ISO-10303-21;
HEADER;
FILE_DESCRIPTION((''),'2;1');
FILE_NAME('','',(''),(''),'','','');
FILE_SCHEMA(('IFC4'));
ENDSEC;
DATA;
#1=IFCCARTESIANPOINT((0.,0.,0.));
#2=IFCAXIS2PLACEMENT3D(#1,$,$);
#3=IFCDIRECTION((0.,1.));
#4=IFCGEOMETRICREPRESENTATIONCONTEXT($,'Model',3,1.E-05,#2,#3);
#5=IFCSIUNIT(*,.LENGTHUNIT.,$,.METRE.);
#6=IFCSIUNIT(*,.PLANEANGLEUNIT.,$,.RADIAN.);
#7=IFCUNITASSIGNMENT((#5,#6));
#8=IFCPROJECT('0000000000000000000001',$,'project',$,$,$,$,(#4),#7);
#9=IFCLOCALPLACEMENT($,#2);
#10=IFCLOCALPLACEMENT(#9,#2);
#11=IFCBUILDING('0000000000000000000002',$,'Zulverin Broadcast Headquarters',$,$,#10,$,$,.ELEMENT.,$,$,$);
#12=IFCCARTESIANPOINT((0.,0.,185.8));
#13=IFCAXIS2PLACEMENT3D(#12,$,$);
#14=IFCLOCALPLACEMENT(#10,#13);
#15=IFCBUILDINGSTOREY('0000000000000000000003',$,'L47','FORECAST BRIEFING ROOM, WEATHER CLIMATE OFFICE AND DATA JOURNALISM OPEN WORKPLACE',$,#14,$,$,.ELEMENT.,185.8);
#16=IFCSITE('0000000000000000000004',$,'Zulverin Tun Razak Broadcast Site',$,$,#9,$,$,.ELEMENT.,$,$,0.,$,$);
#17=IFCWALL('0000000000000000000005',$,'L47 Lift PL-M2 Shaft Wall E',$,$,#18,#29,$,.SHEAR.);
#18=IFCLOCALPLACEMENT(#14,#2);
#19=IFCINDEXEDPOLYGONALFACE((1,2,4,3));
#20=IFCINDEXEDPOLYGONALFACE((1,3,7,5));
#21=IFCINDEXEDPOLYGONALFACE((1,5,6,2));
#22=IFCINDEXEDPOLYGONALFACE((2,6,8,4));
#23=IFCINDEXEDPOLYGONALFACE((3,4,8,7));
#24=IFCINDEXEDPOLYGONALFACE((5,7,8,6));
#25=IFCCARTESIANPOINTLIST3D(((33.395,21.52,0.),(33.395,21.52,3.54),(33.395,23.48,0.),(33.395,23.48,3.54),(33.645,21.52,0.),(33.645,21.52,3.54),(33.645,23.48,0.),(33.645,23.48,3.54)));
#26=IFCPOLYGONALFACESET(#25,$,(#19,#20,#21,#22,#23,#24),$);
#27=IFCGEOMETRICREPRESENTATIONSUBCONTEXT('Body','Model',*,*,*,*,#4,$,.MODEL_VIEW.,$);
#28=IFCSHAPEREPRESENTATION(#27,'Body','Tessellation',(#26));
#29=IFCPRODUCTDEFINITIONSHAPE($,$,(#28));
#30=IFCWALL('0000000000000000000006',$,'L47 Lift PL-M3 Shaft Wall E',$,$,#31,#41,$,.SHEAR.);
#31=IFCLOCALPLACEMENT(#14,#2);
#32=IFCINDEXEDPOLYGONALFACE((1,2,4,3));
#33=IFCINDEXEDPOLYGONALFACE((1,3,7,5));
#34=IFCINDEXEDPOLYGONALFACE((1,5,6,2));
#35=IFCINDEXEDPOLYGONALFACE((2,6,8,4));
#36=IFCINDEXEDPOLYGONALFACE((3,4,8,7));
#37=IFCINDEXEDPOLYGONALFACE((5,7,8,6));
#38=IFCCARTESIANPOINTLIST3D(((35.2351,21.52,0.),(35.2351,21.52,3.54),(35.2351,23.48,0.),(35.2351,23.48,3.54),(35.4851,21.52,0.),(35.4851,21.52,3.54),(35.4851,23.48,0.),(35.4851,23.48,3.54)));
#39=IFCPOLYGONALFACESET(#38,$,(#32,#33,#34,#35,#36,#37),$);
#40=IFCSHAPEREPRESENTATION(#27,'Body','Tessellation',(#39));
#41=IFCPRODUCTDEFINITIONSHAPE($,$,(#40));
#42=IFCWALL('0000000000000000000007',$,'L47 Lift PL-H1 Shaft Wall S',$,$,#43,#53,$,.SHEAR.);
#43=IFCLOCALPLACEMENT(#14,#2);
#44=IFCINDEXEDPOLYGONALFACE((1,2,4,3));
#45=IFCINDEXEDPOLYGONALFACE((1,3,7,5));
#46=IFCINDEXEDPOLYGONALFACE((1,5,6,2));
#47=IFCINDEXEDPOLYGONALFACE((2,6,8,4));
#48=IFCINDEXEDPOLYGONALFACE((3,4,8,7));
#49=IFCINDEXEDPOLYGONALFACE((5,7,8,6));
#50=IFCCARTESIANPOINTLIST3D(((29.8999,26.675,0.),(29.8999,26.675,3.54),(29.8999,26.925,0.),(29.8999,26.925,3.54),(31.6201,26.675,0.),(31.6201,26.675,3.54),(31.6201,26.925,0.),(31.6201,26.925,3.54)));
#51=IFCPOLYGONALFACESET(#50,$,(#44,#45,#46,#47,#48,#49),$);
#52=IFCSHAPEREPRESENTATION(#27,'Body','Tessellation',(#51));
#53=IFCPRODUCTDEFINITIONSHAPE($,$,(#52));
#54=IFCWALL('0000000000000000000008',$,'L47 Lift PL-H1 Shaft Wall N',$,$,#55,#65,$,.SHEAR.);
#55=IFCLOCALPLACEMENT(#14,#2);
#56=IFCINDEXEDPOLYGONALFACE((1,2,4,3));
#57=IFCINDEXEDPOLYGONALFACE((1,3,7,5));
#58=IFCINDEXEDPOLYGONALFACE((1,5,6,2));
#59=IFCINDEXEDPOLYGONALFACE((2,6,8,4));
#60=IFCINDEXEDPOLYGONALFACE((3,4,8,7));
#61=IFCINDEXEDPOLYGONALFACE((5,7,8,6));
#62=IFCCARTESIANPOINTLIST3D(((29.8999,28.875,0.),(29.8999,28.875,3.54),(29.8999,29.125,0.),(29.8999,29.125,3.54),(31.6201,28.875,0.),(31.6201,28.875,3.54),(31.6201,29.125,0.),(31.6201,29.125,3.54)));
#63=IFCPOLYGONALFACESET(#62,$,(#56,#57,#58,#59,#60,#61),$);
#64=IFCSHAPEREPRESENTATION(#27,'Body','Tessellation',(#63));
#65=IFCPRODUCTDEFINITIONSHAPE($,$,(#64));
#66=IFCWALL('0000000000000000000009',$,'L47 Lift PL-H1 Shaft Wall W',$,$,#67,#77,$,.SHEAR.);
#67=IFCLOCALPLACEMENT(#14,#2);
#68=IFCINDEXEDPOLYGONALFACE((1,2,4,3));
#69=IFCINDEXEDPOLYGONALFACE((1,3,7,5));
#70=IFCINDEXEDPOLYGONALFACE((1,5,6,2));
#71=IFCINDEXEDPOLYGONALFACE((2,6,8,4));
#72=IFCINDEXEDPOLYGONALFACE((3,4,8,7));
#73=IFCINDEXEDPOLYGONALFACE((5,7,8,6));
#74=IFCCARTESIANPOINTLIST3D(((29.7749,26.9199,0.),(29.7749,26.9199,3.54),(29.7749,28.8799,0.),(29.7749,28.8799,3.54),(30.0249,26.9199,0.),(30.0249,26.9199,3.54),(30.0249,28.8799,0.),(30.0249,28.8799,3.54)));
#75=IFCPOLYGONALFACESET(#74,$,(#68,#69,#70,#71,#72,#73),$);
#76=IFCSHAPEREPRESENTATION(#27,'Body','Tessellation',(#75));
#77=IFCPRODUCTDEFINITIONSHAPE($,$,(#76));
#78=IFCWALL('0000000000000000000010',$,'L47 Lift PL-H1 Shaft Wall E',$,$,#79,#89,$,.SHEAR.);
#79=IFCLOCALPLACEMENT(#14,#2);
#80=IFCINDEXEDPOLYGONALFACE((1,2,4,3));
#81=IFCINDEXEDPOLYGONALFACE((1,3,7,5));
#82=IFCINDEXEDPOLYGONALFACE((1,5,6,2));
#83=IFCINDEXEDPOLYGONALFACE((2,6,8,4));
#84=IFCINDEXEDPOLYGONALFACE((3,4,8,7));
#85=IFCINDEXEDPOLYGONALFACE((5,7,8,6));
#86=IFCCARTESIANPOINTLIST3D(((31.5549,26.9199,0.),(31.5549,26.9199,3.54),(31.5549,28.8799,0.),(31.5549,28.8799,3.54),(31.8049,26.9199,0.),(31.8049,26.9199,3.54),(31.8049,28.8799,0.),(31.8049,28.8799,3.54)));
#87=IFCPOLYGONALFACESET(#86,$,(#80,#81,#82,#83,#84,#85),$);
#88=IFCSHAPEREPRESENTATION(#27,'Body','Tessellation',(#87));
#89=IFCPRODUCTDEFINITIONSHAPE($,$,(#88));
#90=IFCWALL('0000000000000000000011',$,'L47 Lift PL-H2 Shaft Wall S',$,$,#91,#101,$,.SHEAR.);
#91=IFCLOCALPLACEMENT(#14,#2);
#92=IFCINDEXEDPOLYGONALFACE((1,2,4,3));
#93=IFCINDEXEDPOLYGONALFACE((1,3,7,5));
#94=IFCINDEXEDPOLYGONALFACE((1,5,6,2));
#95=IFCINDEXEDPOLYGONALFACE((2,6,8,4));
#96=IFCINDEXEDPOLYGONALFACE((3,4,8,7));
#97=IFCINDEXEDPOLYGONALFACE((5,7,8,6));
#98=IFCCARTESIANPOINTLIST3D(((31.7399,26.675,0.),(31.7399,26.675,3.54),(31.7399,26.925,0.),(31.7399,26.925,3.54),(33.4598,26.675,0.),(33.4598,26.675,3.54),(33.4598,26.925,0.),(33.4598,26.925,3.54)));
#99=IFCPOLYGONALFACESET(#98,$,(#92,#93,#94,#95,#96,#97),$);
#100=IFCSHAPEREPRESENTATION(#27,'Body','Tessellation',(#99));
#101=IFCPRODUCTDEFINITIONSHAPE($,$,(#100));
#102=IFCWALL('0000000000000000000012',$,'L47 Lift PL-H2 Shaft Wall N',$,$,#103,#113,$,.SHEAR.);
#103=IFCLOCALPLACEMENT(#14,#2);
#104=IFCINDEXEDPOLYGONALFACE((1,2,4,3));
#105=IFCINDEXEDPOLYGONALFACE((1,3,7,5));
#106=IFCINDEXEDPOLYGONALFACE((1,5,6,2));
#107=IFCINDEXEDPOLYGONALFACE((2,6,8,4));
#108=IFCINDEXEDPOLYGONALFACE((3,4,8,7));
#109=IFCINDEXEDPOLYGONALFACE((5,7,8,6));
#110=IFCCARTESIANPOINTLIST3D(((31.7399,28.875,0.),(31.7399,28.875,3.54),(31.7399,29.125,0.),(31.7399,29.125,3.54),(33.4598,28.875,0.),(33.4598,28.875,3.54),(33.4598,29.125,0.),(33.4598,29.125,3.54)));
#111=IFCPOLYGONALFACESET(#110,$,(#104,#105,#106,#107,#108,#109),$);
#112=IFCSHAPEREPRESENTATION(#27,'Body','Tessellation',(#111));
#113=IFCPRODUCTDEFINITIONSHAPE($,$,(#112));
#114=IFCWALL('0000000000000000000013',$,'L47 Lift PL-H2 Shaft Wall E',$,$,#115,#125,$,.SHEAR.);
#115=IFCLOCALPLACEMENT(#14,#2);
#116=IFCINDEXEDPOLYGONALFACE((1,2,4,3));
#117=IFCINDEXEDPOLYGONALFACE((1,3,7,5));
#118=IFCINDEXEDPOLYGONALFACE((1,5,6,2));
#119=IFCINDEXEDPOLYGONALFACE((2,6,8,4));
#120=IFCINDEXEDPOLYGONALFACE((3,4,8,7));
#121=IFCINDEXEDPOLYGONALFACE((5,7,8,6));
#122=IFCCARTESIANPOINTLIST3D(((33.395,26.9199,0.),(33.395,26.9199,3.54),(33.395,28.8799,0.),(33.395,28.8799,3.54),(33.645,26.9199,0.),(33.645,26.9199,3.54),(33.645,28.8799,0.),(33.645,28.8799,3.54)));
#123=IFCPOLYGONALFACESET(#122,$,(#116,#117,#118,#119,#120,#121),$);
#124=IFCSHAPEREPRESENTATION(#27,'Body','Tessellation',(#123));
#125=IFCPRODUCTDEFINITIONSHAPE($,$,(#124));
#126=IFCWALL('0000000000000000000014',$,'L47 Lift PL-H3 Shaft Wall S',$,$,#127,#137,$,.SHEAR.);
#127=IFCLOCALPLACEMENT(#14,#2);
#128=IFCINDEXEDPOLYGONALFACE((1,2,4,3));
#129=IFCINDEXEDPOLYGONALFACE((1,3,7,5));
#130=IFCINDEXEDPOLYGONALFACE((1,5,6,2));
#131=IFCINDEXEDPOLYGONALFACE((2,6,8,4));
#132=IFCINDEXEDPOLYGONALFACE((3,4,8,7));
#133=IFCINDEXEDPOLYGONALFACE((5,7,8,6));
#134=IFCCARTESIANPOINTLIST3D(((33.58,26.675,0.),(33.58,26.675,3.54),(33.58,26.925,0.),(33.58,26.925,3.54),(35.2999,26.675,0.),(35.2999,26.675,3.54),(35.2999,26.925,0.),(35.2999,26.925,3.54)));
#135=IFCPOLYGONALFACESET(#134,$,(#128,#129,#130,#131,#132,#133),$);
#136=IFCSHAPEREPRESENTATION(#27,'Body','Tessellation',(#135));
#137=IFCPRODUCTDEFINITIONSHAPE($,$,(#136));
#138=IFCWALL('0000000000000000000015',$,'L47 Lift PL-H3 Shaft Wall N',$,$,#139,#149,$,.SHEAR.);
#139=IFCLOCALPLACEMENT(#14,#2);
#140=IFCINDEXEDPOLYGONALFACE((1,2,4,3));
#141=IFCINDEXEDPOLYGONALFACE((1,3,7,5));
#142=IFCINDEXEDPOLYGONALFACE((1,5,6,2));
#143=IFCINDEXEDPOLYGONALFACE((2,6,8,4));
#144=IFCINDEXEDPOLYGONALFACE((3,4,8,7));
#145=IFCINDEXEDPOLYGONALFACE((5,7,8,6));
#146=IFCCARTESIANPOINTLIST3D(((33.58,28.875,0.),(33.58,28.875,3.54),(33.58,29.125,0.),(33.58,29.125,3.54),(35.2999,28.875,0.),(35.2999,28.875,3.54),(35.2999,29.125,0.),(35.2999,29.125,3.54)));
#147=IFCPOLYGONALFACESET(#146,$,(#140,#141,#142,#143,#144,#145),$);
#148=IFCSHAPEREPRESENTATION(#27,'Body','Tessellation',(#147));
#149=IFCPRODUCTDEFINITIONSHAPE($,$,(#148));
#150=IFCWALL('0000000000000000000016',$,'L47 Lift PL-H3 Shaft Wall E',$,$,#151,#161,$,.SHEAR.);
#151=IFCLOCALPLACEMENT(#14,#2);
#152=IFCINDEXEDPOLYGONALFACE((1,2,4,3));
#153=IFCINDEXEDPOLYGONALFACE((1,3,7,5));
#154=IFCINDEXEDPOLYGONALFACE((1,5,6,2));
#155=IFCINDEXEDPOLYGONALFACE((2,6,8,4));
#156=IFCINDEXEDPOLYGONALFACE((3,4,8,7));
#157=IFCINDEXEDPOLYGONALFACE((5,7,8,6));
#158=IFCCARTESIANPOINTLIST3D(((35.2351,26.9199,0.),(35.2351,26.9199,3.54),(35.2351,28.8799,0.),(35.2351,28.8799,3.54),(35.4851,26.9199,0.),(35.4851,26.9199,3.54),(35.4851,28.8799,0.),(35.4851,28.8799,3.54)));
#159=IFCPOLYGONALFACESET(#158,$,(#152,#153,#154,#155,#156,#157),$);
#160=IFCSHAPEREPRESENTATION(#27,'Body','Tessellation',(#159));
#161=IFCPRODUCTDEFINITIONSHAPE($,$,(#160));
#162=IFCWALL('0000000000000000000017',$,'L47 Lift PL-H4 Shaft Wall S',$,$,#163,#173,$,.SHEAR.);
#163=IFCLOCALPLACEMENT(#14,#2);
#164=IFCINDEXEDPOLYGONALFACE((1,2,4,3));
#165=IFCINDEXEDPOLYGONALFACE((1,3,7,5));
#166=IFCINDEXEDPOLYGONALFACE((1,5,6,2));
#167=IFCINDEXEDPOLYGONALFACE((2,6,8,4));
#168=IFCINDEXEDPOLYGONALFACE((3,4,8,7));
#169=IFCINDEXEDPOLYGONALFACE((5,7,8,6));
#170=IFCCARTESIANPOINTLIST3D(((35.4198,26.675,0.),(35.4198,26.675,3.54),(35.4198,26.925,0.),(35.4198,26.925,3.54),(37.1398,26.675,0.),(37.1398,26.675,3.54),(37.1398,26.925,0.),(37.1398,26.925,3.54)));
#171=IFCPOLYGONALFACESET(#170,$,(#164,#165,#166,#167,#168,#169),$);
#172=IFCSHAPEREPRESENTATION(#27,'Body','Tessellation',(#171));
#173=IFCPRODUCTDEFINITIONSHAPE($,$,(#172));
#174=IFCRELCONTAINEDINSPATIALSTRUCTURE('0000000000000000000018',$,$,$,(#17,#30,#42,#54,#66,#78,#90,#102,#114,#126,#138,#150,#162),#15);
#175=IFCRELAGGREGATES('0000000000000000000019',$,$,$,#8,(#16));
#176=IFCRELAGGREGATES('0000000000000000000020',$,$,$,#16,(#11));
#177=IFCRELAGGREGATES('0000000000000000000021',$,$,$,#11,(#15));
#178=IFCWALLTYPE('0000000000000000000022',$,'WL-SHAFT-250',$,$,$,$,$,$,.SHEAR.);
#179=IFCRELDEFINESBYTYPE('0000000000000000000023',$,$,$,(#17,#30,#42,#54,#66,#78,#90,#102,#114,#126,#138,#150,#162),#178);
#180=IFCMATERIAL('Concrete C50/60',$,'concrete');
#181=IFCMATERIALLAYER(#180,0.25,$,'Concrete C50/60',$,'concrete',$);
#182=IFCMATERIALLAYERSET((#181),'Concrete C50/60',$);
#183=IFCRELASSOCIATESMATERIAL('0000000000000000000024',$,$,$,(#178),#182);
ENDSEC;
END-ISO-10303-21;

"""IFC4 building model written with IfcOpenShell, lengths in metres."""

from ifc_helpers import new_model, si_unit, direction, frame, frame_2d, origin, place, context, subcontext, project, spatial, rectangle, extrude, material, layer, layer_set, type_object, element, save


model = new_model("IFC4")

# Units and contexts
model_context = context("Model", 3, precision=1e-05, world=origin(), true_north=direction((0.0, 1.0)))
body_context = subcontext(model_context, "Body", "Model", "MODEL_VIEW")
ifc_project = project(units=[si_unit("LENGTHUNIT", "METRE"), si_unit("PLANEANGLEUNIT", "RADIAN")], contexts=[model_context])

# Site, building, storey
site_placement = place(None, origin())
site = spatial("IfcSite", under=ifc_project, at=site_placement, Name="Zulverin Tun Razak Broadcast Site", CompositionType="ELEMENT", RefElevation=0.0)
building_placement = place(site_placement, origin())
building = spatial("IfcBuilding", under=site, at=building_placement, Name="Zulverin Broadcast Headquarters", CompositionType="ELEMENT")
storey_placement = place(building_placement, frame((0.0, 0.0, 185.8)))
storey = spatial("IfcBuildingStorey", under=building, at=storey_placement, Name="L47", Description="FORECAST BRIEFING ROOM, WEATHER CLIMATE OFFICE AND DATA JOURNALISM OPEN WORKPLACE", CompositionType="ELEMENT", Elevation=185.8)

# Shared definitions
ifc_material_1 = material(Name="Concrete C50/60", Category="concrete")
ifc_layer_1 = layer(ifc_material_1, 0.25, Name="Concrete C50/60", Category="concrete")
ifc_layer_set_1 = layer_set([ifc_layer_1], Name="Concrete C50/60")
wall_type_1 = type_object("IfcWallType", Name="WL-SHAFT-250", PredefinedType="SHEAR", material=ifc_layer_set_1)

# Wall
wall_1_placement = place(storey_placement, frame((33.52, 21.52, 0.0), z_axis=(0.0, 0.0, 1.0), x_axis=(0.0, 1.0, 0.0)))
element("IfcWall", 1, at=wall_1_placement, inside=storey, type_object=wall_type_1, Name="L47 Lift PL-M2 Shaft Wall E", PredefinedType="SHEAR", context=body_context, shape_type="SweptSolid", body=[
    extrude(rectangle(XDim=1.96, YDim=0.25, at=frame_2d((0.98, 0.0))), origin(), (0.0, 0.0, 1.0), 3.54),
])

# Wall
wall_2_placement = place(storey_placement, frame((35.3601, 21.52, 0.0), z_axis=(0.0, 0.0, 1.0), x_axis=(0.0, 1.0, 0.0)))
element("IfcWall", 2, at=wall_2_placement, inside=storey, type_object=wall_type_1, Name="L47 Lift PL-M3 Shaft Wall E", PredefinedType="SHEAR", context=body_context, shape_type="SweptSolid", body=[
    extrude(rectangle(XDim=1.96, YDim=0.25, at=frame_2d((0.98, 0.0))), origin(), (0.0, 0.0, 1.0), 3.54),
])

# Walls
for number, where, z_axis, x_axis, name in (
    (3, (29.8999, 26.8, 0.0), (0.0, 0.0, 1.0), (1.0, 0.0, 0.0), "L47 Lift PL-H1 Shaft Wall S"),
    (4, (29.8999, 29.0, 0.0), (0.0, 0.0, 1.0), (1.0, 0.0, 0.0), "L47 Lift PL-H1 Shaft Wall N"),
):
    element("IfcWall", number, at=place(storey_placement, frame(where, z_axis=z_axis, x_axis=x_axis)), inside=storey, type_object=wall_type_1, Name=name, PredefinedType="SHEAR", context=body_context, shape_type="SweptSolid", body=[
        extrude(rectangle(XDim=1.7202, YDim=0.25, at=frame_2d((0.8601, 0.0))), origin(), (0.0, 0.0, 1.0), 3.54),
    ])
for number, where, z_axis, x_axis, name in (
    (5, (29.8999, 26.9199, 0.0), (0.0, 0.0, 1.0), (0.0, 1.0, 0.0), "L47 Lift PL-H1 Shaft Wall W"),
    (6, (31.6799, 26.9199, 0.0), (0.0, 0.0, 1.0), (0.0, 1.0, 0.0), "L47 Lift PL-H1 Shaft Wall E"),
):
    element("IfcWall", number, at=place(storey_placement, frame(where, z_axis=z_axis, x_axis=x_axis)), inside=storey, type_object=wall_type_1, Name=name, PredefinedType="SHEAR", context=body_context, shape_type="SweptSolid", body=[
        extrude(rectangle(XDim=1.96, YDim=0.25, at=frame_2d((0.98, 0.0))), origin(), (0.0, 0.0, 1.0), 3.54),
    ])
for number, where, z_axis, x_axis, name in (
    (7, (31.74, 26.8, 0.0), (0.0, 0.0, 1.0), (1.0, 0.0, 0.0), "L47 Lift PL-H2 Shaft Wall S"),
    (8, (31.74, 29.0, 0.0), (0.0, 0.0, 1.0), (1.0, 0.0, 0.0), "L47 Lift PL-H2 Shaft Wall N"),
):
    element("IfcWall", number, at=place(storey_placement, frame(where, z_axis=z_axis, x_axis=x_axis)), inside=storey, type_object=wall_type_1, Name=name, PredefinedType="SHEAR", context=body_context, shape_type="SweptSolid", body=[
        extrude(rectangle(XDim=1.72, YDim=0.25, at=frame_2d((0.8599, 0.0))), origin(), (0.0, 0.0, 1.0), 3.54),
    ])
wall_3_placement = place(storey_placement, frame((33.52, 26.9199, 0.0), z_axis=(0.0, 0.0, 1.0), x_axis=(0.0, 1.0, 0.0)))
element("IfcWall", 9, at=wall_3_placement, inside=storey, type_object=wall_type_1, Name="L47 Lift PL-H2 Shaft Wall E", PredefinedType="SHEAR", context=body_context, shape_type="SweptSolid", body=[
    extrude(rectangle(XDim=1.96, YDim=0.25, at=frame_2d((0.98, 0.0))), origin(), (0.0, 0.0, 1.0), 3.54),
])
for number, where, z_axis, x_axis, name in (
    (10, (33.5801, 26.8, 0.0), (0.0, 0.0, 1.0), (1.0, 0.0, 0.0), "L47 Lift PL-H3 Shaft Wall S"),
    (11, (33.5801, 29.0, 0.0), (0.0, 0.0, 1.0), (1.0, 0.0, 0.0), "L47 Lift PL-H3 Shaft Wall N"),
):
    element("IfcWall", number, at=place(storey_placement, frame(where, z_axis=z_axis, x_axis=x_axis)), inside=storey, type_object=wall_type_1, Name=name, PredefinedType="SHEAR", context=body_context, shape_type="SweptSolid", body=[
        extrude(rectangle(XDim=1.72, YDim=0.25, at=frame_2d((0.8599, 0.0))), origin(), (0.0, 0.0, 1.0), 3.54),
    ])
wall_4_placement = place(storey_placement, frame((35.3601, 26.9199, 0.0), z_axis=(0.0, 0.0, 1.0), x_axis=(0.0, 1.0, 0.0)))
element("IfcWall", 12, at=wall_4_placement, inside=storey, type_object=wall_type_1, Name="L47 Lift PL-H3 Shaft Wall E", PredefinedType="SHEAR", context=body_context, shape_type="SweptSolid", body=[
    extrude(rectangle(XDim=1.96, YDim=0.25, at=frame_2d((0.98, 0.0))), origin(), (0.0, 0.0, 1.0), 3.54),
])
wall_5_placement = place(storey_placement, frame((35.4199, 26.8, 0.0), z_axis=(0.0, 0.0, 1.0), x_axis=(1.0, 0.0, 0.0)))
element("IfcWall", 13, at=wall_5_placement, inside=storey, type_object=wall_type_1, Name="L47 Lift PL-H4 Shaft Wall S", PredefinedType="SHEAR", context=body_context, shape_type="SweptSolid", body=[
    extrude(rectangle(XDim=1.72, YDim=0.25, at=frame_2d((0.8599, 0.0))), origin(), (0.0, 0.0, 1.0), 3.54),
])

save(model, "model.ifc")
